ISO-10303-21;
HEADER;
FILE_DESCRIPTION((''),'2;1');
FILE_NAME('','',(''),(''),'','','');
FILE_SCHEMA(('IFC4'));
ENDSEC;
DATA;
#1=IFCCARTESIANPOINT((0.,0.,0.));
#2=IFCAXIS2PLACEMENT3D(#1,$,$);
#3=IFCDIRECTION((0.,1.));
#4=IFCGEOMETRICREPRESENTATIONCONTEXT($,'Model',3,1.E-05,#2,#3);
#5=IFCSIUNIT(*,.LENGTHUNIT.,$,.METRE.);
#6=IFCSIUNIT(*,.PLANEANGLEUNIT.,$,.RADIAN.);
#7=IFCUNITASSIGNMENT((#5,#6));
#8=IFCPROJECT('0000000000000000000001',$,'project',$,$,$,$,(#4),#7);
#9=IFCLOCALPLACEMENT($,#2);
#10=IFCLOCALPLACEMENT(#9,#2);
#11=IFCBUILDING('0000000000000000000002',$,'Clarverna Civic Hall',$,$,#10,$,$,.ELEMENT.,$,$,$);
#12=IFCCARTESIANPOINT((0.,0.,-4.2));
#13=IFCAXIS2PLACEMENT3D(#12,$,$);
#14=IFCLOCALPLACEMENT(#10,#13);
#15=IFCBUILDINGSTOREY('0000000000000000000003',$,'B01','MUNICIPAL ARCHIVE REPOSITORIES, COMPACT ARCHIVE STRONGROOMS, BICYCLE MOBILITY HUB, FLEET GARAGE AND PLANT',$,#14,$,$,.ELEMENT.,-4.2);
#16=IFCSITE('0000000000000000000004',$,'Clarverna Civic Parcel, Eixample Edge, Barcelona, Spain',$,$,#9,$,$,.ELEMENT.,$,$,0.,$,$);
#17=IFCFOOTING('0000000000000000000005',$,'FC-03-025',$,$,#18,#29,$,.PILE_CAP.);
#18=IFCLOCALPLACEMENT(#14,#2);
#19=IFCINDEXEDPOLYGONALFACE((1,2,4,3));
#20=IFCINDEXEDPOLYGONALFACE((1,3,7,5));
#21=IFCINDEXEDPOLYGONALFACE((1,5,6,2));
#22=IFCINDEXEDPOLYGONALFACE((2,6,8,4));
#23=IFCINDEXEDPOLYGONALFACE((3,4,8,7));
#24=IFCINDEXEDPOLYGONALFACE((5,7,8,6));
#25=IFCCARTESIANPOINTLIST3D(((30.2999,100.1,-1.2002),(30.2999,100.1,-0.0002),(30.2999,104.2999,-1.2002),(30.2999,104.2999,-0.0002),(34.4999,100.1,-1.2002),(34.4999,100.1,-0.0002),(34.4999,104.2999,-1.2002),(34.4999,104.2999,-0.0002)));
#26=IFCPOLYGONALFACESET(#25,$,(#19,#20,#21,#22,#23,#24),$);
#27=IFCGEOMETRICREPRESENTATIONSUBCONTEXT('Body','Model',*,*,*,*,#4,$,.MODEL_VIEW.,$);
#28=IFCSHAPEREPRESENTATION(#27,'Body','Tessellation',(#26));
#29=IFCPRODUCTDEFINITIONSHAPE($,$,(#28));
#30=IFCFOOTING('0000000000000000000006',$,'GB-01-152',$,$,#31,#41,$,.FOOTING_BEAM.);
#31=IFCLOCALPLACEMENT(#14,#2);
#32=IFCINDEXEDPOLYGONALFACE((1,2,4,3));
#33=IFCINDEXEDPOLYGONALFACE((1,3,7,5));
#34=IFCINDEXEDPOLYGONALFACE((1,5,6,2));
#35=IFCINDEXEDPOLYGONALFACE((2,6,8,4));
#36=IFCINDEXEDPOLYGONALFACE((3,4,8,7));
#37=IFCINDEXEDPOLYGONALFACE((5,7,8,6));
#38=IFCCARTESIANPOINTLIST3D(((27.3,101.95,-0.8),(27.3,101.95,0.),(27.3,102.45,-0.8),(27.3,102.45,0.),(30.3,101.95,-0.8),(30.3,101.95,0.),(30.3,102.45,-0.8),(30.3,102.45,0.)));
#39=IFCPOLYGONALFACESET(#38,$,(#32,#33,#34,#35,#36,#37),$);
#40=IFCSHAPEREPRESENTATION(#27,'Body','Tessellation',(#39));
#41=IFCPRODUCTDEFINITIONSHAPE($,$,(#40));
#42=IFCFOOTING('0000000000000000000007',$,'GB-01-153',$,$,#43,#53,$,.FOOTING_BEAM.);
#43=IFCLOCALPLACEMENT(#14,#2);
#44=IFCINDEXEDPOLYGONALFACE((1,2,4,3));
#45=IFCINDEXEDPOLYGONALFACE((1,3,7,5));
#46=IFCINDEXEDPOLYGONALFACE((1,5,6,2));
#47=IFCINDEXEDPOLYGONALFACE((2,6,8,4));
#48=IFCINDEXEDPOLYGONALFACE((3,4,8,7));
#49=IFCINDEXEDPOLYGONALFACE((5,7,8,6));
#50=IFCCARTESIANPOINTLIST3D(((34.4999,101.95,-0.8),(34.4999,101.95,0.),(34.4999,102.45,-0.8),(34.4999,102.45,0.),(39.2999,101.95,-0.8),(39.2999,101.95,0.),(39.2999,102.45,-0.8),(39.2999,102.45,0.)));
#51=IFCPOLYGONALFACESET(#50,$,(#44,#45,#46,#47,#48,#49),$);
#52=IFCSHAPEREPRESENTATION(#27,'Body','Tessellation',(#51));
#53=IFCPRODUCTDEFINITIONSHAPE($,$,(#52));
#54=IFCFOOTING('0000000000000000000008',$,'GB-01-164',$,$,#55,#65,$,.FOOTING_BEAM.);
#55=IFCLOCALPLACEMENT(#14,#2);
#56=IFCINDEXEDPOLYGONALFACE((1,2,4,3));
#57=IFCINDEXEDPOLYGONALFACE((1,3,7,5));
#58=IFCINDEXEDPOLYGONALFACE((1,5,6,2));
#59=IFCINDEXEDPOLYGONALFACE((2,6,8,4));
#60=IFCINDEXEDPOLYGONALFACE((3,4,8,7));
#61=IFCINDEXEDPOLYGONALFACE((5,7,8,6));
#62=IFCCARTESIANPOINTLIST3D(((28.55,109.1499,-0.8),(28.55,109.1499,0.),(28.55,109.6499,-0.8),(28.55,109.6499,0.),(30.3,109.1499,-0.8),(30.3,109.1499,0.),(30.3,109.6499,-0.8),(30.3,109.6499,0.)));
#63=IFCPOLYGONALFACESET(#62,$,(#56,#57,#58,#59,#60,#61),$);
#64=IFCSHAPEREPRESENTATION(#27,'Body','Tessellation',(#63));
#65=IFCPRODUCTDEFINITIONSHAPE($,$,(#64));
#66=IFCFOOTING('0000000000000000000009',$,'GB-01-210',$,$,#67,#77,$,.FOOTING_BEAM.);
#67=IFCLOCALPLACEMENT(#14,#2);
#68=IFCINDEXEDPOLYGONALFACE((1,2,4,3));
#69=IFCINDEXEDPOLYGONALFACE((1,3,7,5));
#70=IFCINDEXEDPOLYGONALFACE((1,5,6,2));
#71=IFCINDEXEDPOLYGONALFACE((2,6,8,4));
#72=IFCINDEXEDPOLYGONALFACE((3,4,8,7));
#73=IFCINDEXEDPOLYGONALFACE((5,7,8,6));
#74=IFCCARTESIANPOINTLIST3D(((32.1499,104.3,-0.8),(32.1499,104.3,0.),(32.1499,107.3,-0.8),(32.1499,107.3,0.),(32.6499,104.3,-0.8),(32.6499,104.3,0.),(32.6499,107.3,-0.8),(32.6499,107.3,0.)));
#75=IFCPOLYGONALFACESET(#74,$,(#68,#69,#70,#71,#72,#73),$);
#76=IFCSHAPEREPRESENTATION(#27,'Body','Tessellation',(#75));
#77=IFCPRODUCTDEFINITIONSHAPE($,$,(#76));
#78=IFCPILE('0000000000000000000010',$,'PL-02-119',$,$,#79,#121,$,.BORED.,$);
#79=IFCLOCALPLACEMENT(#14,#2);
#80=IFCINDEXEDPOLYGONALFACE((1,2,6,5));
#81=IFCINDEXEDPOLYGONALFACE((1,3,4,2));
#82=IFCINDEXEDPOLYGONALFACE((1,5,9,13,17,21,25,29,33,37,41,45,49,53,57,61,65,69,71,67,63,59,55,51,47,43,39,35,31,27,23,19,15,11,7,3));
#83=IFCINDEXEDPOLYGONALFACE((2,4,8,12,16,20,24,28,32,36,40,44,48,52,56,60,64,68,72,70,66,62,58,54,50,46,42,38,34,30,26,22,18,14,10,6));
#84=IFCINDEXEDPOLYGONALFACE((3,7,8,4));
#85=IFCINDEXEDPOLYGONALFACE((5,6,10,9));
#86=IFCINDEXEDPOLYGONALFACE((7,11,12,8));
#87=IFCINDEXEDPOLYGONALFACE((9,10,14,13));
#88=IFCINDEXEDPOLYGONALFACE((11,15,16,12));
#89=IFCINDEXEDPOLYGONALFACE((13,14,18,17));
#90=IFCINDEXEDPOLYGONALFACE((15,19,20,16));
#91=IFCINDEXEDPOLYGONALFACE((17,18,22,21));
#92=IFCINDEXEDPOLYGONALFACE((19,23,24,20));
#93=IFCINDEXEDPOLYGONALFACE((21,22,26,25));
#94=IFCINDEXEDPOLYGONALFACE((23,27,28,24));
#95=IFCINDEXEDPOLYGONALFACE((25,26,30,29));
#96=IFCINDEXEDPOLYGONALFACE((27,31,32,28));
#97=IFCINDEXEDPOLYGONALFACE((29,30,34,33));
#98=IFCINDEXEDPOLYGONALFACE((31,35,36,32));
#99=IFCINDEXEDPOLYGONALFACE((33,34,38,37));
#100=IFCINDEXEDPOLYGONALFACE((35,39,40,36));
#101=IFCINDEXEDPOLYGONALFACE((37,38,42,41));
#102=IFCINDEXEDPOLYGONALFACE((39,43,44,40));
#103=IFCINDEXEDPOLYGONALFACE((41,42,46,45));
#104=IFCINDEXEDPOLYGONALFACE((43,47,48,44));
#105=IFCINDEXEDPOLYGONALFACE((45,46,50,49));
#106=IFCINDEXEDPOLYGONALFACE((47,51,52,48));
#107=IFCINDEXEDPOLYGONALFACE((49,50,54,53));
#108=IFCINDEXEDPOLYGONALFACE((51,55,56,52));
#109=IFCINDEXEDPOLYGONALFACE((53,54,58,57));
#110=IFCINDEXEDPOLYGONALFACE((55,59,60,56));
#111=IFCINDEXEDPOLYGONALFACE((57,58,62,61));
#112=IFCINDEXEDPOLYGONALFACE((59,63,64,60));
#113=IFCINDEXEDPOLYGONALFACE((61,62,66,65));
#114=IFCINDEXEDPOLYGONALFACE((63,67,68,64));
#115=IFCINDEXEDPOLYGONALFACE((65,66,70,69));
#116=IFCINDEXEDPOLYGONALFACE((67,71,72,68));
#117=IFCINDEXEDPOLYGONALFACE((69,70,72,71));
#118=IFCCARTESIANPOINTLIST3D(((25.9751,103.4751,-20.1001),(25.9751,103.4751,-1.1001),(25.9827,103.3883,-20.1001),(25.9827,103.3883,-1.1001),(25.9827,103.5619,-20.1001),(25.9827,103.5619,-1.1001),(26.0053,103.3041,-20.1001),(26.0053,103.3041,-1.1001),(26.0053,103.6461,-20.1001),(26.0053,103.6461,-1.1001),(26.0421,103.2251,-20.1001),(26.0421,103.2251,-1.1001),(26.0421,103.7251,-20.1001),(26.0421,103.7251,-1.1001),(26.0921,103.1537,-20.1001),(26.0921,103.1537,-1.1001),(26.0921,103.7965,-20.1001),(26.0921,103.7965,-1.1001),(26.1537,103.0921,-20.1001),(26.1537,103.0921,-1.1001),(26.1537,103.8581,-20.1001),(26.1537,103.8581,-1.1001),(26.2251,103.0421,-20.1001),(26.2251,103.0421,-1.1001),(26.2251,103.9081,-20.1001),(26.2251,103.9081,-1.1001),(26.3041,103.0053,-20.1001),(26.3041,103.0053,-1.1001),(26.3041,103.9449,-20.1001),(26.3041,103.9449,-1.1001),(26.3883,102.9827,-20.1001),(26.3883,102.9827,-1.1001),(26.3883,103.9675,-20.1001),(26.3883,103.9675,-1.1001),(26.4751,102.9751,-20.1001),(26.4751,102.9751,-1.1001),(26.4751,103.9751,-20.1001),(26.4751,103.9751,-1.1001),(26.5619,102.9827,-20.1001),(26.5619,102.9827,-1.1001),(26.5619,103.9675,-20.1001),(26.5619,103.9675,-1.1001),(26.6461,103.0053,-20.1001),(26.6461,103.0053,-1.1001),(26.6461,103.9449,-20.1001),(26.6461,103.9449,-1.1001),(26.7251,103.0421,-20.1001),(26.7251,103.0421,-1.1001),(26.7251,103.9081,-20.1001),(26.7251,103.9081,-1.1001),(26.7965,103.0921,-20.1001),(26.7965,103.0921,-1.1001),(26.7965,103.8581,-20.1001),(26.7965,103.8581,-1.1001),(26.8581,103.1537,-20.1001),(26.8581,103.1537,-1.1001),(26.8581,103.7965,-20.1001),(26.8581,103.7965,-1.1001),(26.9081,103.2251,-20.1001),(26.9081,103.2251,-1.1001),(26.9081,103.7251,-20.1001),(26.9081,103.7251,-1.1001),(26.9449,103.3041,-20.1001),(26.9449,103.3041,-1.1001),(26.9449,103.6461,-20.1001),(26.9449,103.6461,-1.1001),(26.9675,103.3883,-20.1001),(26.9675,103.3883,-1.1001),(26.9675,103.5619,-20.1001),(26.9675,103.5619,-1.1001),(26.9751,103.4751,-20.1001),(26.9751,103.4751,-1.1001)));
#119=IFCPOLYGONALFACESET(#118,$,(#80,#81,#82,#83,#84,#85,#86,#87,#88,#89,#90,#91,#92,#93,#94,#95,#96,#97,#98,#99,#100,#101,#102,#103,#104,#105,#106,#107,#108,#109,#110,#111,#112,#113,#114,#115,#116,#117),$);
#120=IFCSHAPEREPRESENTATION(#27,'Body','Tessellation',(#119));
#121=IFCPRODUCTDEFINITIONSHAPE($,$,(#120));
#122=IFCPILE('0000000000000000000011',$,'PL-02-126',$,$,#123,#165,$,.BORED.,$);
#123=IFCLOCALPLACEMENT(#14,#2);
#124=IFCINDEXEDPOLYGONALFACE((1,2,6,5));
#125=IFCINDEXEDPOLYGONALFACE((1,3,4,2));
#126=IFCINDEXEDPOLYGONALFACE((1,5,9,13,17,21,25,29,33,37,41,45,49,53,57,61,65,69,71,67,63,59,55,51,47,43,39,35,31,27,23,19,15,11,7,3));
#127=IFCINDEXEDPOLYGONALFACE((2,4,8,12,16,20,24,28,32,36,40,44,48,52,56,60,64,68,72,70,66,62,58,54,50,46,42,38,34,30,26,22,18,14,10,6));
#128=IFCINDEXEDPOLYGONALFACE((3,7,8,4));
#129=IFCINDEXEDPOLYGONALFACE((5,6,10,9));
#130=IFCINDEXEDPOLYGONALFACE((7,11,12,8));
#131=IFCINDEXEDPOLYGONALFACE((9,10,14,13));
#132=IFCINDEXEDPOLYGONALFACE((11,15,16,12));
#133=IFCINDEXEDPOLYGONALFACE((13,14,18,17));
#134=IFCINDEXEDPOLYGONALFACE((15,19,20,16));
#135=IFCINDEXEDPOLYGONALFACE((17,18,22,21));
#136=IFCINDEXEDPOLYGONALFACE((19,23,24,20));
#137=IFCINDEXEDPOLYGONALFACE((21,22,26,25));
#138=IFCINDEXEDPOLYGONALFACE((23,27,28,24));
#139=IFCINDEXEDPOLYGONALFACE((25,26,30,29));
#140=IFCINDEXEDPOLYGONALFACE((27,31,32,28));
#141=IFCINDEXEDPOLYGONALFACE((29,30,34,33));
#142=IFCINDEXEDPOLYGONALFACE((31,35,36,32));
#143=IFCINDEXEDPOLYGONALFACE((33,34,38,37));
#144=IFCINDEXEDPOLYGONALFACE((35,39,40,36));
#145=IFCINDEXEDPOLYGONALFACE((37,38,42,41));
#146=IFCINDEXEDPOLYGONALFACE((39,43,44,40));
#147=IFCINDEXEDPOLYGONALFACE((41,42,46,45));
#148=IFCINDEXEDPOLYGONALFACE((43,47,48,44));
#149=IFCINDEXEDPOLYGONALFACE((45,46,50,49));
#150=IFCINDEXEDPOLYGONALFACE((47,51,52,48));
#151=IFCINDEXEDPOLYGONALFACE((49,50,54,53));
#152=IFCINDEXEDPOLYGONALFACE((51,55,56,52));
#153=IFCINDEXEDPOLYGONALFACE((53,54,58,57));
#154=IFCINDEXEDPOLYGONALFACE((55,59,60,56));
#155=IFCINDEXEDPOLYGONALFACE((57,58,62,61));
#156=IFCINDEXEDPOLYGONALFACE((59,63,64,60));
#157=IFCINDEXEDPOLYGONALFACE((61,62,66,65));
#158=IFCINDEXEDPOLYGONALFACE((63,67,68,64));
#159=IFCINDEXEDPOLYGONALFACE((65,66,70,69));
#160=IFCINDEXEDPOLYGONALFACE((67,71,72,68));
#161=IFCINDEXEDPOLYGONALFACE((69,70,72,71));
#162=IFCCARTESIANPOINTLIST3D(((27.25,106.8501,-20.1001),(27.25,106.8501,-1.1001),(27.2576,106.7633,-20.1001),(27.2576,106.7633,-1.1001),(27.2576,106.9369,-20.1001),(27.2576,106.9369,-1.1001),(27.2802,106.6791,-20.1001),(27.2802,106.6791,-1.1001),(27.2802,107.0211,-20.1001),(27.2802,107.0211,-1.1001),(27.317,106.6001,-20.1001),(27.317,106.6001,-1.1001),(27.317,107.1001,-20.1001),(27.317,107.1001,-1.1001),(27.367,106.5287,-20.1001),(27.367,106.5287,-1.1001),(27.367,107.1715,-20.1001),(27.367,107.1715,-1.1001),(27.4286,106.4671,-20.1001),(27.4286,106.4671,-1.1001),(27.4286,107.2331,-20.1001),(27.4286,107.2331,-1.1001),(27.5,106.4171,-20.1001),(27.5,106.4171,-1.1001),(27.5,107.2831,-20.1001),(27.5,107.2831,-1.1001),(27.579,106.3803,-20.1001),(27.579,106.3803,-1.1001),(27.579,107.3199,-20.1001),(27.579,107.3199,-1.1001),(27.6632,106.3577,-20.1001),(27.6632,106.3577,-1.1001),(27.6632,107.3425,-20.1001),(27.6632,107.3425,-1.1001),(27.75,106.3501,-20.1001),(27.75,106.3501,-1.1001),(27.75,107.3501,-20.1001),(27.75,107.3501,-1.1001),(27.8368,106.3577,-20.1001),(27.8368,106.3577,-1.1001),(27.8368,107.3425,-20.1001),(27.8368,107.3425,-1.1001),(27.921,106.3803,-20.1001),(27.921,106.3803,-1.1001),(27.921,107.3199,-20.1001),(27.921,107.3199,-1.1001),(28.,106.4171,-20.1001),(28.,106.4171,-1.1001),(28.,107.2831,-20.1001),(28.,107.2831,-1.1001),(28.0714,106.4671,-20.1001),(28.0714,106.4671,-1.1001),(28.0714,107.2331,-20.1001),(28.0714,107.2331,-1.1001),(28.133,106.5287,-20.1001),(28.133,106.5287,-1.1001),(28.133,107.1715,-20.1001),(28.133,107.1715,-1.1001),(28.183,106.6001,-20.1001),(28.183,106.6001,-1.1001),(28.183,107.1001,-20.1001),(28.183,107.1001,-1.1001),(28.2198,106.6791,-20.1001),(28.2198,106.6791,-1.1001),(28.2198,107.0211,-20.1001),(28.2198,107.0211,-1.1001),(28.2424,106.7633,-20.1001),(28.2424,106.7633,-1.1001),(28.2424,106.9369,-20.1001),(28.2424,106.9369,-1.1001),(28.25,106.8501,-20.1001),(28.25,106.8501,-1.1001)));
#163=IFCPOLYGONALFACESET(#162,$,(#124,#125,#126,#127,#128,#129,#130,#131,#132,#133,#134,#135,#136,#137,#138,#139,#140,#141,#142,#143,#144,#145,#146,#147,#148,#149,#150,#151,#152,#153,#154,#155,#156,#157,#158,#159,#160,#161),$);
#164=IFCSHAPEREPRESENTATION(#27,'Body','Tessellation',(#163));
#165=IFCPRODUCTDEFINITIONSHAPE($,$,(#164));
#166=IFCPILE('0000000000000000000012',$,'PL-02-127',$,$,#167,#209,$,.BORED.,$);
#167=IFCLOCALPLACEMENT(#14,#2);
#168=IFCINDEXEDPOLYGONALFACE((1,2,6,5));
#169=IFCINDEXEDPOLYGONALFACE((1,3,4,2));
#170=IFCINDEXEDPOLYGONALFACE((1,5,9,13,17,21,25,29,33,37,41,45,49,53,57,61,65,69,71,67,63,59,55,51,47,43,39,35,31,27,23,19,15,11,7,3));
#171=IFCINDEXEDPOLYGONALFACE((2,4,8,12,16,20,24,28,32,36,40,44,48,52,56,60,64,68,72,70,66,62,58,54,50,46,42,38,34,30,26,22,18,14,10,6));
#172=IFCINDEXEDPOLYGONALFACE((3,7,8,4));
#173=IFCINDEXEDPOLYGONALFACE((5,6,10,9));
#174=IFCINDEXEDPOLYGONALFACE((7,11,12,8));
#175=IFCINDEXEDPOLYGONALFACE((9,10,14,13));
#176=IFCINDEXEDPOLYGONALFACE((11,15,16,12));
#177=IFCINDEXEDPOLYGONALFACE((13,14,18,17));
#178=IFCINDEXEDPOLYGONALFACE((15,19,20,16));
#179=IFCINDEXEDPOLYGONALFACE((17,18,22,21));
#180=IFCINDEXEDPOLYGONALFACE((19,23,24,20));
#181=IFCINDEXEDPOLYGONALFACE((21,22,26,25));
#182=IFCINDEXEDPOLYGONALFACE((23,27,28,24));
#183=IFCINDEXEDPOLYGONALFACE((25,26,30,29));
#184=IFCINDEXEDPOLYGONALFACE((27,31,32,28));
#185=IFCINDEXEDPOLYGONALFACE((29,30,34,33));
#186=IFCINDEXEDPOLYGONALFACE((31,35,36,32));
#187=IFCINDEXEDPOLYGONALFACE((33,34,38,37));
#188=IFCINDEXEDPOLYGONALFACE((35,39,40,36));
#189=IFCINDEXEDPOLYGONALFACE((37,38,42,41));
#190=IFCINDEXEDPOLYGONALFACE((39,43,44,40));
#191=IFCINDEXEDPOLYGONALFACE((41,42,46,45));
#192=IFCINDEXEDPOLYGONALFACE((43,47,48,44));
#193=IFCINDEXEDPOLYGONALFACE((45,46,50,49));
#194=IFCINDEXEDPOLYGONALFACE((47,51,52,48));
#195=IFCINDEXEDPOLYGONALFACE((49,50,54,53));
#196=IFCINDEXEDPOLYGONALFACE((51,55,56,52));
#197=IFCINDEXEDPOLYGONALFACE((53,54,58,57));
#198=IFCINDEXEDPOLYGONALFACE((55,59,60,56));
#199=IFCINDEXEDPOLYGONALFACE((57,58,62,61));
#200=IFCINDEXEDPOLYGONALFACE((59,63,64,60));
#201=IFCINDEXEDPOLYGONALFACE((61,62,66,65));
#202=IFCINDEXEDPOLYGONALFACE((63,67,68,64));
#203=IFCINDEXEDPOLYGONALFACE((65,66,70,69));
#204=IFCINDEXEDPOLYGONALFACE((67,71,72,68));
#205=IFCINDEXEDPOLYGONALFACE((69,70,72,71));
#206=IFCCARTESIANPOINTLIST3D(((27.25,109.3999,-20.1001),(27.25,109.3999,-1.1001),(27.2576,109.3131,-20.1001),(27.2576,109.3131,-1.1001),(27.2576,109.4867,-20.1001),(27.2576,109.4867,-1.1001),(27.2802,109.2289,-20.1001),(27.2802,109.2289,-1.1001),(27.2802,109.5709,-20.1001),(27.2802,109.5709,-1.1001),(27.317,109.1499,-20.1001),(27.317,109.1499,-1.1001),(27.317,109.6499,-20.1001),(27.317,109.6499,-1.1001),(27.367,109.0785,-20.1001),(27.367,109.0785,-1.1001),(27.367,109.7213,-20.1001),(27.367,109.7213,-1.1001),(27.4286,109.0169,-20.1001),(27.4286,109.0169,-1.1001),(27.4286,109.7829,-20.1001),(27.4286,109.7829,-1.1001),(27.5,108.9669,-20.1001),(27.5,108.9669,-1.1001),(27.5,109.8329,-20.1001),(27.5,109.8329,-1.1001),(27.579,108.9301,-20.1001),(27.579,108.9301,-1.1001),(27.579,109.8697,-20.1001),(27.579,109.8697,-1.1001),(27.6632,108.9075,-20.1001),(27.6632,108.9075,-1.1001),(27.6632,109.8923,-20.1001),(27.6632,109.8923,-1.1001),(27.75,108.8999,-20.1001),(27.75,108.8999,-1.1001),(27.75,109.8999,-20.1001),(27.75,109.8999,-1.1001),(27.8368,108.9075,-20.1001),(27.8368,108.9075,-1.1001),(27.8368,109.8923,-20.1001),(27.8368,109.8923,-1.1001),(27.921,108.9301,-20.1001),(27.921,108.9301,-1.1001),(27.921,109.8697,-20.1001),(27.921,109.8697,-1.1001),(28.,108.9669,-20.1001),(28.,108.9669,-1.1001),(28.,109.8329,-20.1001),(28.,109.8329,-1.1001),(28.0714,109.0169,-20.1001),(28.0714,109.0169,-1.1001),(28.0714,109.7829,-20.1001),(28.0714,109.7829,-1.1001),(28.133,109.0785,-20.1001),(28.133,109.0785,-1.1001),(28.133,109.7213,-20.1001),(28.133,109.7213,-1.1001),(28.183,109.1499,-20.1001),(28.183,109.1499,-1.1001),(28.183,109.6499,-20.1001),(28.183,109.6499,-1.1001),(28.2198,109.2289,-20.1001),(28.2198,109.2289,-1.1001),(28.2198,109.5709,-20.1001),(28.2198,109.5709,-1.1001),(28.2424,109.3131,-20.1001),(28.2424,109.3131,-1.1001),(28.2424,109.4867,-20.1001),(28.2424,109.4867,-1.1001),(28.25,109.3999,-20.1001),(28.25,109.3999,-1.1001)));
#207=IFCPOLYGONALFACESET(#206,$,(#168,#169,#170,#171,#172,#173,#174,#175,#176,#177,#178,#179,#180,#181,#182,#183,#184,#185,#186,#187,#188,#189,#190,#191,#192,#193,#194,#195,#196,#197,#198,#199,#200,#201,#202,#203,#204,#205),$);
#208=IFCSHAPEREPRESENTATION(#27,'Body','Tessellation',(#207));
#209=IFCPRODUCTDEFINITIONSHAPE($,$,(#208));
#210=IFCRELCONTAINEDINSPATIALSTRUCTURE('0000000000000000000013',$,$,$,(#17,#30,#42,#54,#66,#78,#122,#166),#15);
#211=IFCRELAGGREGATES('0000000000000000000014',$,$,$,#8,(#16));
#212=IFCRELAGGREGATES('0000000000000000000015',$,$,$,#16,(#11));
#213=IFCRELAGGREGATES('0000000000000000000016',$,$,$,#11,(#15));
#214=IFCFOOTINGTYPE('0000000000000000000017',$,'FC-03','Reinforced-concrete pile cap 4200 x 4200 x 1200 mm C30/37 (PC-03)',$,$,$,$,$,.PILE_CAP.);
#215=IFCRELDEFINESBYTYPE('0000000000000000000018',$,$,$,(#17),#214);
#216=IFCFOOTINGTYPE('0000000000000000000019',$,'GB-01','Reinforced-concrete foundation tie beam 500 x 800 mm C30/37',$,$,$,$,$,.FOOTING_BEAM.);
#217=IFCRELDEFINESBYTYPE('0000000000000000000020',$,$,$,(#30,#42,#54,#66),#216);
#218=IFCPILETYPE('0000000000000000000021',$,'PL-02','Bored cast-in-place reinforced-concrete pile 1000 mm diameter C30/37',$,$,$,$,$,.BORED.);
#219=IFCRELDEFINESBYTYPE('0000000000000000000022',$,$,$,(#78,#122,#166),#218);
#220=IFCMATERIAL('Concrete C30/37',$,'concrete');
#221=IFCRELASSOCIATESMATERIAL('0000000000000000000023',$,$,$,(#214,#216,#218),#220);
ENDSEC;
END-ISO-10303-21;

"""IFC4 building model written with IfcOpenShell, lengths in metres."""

from ifc_helpers import new_model, si_unit, direction, frame, frame_2d, origin, origin_2d, place, context, subcontext, project, spatial, rectangle, circle, extrude, material, material_profile, profile_set, type_object, element, save


model = new_model("IFC4")

# Units and contexts
model_context = context("Model", 3, precision=1e-05, world=origin(), true_north=direction((0.0, 1.0)))
body_context = subcontext(model_context, "Body", "Model", "MODEL_VIEW")
ifc_project = project(units=[si_unit("LENGTHUNIT", "METRE"), si_unit("PLANEANGLEUNIT", "RADIAN")], contexts=[model_context])

# Site, building, storey
site_placement = place(None, origin())
site = spatial("IfcSite", under=ifc_project, at=site_placement, Name="Clarverna Civic Parcel, Eixample Edge, Barcelona, Spain", CompositionType="ELEMENT", RefElevation=0.0)
building_placement = place(site_placement, origin())
building = spatial("IfcBuilding", under=site, at=building_placement, Name="Clarverna Civic Hall", CompositionType="ELEMENT")
storey_placement = place(building_placement, frame((0.0, 0.0, -4.2)))
storey = spatial("IfcBuildingStorey", under=building, at=storey_placement, Name="B01", Description="MUNICIPAL ARCHIVE REPOSITORIES, COMPACT ARCHIVE STRONGROOMS, BICYCLE MOBILITY HUB, FLEET GARAGE AND PLANT", CompositionType="ELEMENT", Elevation=-4.2)

# Footings
ifc_material_1 = material(Name="Concrete C30/37", Category="concrete")
footing_type_1 = type_object("IfcFootingType", Name="FC-03", Description="Reinforced-concrete pile cap 4200 x 4200 x 1200 mm C30/37 (PC-03)", PredefinedType="PILE_CAP", material=ifc_material_1)
footing_1_placement = place(storey_placement, frame((32.3999, 102.2, -1.2002), z_axis=(0.0, 0.0, 1.0), x_axis=(1.0, 0.0, 0.0)))
element("IfcFooting", 1, at=footing_1_placement, inside=storey, type_object=footing_type_1, Name="FC-03-025", PredefinedType="PILE_CAP", context=body_context, shape_type="SweptSolid", body=[
    extrude(rectangle(XDim=4.2, YDim=4.2, at=origin_2d()), origin(), (0.0, 0.0, 1.0), 1.2),
])
footing_type_2 = type_object("IfcFootingType", Name="GB-01", Description="Reinforced-concrete foundation tie beam 500 x 800 mm C30/37", PredefinedType="FOOTING_BEAM", material=ifc_material_1)
footing_2_placement = place(storey_placement, frame((27.3, 102.2, -0.8), z_axis=(0.0, 0.0, 1.0), x_axis=(1.0, 0.0, 0.0)))
element("IfcFooting", 2, at=footing_2_placement, inside=storey, type_object=footing_type_2, Name="GB-01-152", PredefinedType="FOOTING_BEAM", context=body_context, shape_type="SweptSolid", body=[
    extrude(rectangle(XDim=3.0, YDim=0.5, at=frame_2d((1.5, 0.0))), origin(), (0.0, 0.0, 1.0), 0.8),
])
footing_3_placement = place(storey_placement, frame((34.5, 102.2, -0.8), z_axis=(0.0, 0.0, 1.0), x_axis=(1.0, 0.0, 0.0)))
element("IfcFooting", 3, at=footing_3_placement, inside=storey, type_object=footing_type_2, Name="GB-01-153", PredefinedType="FOOTING_BEAM", context=body_context, shape_type="SweptSolid", body=[
    extrude(rectangle(XDim=4.8, YDim=0.5, at=frame_2d((2.3999, 0.0))), origin(), (0.0, 0.0, 1.0), 0.8),
])
footing_4_placement = place(storey_placement, frame((28.55, 109.3999, -0.8), z_axis=(0.0, 0.0, 1.0), x_axis=(1.0, 0.0, 0.0)))
element("IfcFooting", 4, at=footing_4_placement, inside=storey, type_object=footing_type_2, Name="GB-01-164", PredefinedType="FOOTING_BEAM", context=body_context, shape_type="SweptSolid", body=[
    extrude(rectangle(XDim=1.75, YDim=0.5, at=frame_2d((0.875, 0.0))), origin(), (0.0, 0.0, 1.0), 0.8),
])
footing_5_placement = place(storey_placement, frame((32.3999, 104.3, -0.8), z_axis=(0.0, 0.0, 1.0), x_axis=(0.0, 1.0, 0.0)))
element("IfcFooting", 5, at=footing_5_placement, inside=storey, type_object=footing_type_2, Name="GB-01-210", PredefinedType="FOOTING_BEAM", context=body_context, shape_type="SweptSolid", body=[
    extrude(rectangle(XDim=3.0, YDim=0.5, at=frame_2d((1.5, 0.0))), origin(), (0.0, 0.0, 1.0), 0.8),
])

# Piles
ifc_material_profile_1 = material_profile(ifc_material_1, circle(Radius=0.5, at=origin_2d()), Name="BORED PILE D1000")
ifc_profile_set_1 = profile_set([ifc_material_profile_1], Name="Concrete C30/37")
pile_type = type_object("IfcPileType", Name="PL-02", Description="Bored cast-in-place reinforced-concrete pile 1000 mm diameter C30/37", PredefinedType="BORED", material=ifc_profile_set_1)
for number, where, z_axis, x_axis, name in (
    (6, (26.4751, 103.4751, -1.1001), (0.0, 0.0, -1.0), (1.0, 0.0, 0.0), "PL-02-119"),
    (7, (27.75, 106.8501, -1.1001), (0.0, 0.0, -1.0), (1.0, 0.0, 0.0), "PL-02-126"),
    (8, (27.75, 109.3999, -1.1001), (0.0, 0.0, -1.0), (1.0, 0.0, 0.0), "PL-02-127"),
):
    element("IfcPile", number, at=place(storey_placement, frame(where, z_axis=z_axis, x_axis=x_axis)), inside=storey, type_object=pile_type, Name=name, PredefinedType="BORED", context=body_context, shape_type="SweptSolid", body=[
        extrude(circle(Radius=0.5, at=origin_2d()), origin(), (0.0, 0.0, 1.0), 19.0),
    ])

save(model, "model.ifc")
